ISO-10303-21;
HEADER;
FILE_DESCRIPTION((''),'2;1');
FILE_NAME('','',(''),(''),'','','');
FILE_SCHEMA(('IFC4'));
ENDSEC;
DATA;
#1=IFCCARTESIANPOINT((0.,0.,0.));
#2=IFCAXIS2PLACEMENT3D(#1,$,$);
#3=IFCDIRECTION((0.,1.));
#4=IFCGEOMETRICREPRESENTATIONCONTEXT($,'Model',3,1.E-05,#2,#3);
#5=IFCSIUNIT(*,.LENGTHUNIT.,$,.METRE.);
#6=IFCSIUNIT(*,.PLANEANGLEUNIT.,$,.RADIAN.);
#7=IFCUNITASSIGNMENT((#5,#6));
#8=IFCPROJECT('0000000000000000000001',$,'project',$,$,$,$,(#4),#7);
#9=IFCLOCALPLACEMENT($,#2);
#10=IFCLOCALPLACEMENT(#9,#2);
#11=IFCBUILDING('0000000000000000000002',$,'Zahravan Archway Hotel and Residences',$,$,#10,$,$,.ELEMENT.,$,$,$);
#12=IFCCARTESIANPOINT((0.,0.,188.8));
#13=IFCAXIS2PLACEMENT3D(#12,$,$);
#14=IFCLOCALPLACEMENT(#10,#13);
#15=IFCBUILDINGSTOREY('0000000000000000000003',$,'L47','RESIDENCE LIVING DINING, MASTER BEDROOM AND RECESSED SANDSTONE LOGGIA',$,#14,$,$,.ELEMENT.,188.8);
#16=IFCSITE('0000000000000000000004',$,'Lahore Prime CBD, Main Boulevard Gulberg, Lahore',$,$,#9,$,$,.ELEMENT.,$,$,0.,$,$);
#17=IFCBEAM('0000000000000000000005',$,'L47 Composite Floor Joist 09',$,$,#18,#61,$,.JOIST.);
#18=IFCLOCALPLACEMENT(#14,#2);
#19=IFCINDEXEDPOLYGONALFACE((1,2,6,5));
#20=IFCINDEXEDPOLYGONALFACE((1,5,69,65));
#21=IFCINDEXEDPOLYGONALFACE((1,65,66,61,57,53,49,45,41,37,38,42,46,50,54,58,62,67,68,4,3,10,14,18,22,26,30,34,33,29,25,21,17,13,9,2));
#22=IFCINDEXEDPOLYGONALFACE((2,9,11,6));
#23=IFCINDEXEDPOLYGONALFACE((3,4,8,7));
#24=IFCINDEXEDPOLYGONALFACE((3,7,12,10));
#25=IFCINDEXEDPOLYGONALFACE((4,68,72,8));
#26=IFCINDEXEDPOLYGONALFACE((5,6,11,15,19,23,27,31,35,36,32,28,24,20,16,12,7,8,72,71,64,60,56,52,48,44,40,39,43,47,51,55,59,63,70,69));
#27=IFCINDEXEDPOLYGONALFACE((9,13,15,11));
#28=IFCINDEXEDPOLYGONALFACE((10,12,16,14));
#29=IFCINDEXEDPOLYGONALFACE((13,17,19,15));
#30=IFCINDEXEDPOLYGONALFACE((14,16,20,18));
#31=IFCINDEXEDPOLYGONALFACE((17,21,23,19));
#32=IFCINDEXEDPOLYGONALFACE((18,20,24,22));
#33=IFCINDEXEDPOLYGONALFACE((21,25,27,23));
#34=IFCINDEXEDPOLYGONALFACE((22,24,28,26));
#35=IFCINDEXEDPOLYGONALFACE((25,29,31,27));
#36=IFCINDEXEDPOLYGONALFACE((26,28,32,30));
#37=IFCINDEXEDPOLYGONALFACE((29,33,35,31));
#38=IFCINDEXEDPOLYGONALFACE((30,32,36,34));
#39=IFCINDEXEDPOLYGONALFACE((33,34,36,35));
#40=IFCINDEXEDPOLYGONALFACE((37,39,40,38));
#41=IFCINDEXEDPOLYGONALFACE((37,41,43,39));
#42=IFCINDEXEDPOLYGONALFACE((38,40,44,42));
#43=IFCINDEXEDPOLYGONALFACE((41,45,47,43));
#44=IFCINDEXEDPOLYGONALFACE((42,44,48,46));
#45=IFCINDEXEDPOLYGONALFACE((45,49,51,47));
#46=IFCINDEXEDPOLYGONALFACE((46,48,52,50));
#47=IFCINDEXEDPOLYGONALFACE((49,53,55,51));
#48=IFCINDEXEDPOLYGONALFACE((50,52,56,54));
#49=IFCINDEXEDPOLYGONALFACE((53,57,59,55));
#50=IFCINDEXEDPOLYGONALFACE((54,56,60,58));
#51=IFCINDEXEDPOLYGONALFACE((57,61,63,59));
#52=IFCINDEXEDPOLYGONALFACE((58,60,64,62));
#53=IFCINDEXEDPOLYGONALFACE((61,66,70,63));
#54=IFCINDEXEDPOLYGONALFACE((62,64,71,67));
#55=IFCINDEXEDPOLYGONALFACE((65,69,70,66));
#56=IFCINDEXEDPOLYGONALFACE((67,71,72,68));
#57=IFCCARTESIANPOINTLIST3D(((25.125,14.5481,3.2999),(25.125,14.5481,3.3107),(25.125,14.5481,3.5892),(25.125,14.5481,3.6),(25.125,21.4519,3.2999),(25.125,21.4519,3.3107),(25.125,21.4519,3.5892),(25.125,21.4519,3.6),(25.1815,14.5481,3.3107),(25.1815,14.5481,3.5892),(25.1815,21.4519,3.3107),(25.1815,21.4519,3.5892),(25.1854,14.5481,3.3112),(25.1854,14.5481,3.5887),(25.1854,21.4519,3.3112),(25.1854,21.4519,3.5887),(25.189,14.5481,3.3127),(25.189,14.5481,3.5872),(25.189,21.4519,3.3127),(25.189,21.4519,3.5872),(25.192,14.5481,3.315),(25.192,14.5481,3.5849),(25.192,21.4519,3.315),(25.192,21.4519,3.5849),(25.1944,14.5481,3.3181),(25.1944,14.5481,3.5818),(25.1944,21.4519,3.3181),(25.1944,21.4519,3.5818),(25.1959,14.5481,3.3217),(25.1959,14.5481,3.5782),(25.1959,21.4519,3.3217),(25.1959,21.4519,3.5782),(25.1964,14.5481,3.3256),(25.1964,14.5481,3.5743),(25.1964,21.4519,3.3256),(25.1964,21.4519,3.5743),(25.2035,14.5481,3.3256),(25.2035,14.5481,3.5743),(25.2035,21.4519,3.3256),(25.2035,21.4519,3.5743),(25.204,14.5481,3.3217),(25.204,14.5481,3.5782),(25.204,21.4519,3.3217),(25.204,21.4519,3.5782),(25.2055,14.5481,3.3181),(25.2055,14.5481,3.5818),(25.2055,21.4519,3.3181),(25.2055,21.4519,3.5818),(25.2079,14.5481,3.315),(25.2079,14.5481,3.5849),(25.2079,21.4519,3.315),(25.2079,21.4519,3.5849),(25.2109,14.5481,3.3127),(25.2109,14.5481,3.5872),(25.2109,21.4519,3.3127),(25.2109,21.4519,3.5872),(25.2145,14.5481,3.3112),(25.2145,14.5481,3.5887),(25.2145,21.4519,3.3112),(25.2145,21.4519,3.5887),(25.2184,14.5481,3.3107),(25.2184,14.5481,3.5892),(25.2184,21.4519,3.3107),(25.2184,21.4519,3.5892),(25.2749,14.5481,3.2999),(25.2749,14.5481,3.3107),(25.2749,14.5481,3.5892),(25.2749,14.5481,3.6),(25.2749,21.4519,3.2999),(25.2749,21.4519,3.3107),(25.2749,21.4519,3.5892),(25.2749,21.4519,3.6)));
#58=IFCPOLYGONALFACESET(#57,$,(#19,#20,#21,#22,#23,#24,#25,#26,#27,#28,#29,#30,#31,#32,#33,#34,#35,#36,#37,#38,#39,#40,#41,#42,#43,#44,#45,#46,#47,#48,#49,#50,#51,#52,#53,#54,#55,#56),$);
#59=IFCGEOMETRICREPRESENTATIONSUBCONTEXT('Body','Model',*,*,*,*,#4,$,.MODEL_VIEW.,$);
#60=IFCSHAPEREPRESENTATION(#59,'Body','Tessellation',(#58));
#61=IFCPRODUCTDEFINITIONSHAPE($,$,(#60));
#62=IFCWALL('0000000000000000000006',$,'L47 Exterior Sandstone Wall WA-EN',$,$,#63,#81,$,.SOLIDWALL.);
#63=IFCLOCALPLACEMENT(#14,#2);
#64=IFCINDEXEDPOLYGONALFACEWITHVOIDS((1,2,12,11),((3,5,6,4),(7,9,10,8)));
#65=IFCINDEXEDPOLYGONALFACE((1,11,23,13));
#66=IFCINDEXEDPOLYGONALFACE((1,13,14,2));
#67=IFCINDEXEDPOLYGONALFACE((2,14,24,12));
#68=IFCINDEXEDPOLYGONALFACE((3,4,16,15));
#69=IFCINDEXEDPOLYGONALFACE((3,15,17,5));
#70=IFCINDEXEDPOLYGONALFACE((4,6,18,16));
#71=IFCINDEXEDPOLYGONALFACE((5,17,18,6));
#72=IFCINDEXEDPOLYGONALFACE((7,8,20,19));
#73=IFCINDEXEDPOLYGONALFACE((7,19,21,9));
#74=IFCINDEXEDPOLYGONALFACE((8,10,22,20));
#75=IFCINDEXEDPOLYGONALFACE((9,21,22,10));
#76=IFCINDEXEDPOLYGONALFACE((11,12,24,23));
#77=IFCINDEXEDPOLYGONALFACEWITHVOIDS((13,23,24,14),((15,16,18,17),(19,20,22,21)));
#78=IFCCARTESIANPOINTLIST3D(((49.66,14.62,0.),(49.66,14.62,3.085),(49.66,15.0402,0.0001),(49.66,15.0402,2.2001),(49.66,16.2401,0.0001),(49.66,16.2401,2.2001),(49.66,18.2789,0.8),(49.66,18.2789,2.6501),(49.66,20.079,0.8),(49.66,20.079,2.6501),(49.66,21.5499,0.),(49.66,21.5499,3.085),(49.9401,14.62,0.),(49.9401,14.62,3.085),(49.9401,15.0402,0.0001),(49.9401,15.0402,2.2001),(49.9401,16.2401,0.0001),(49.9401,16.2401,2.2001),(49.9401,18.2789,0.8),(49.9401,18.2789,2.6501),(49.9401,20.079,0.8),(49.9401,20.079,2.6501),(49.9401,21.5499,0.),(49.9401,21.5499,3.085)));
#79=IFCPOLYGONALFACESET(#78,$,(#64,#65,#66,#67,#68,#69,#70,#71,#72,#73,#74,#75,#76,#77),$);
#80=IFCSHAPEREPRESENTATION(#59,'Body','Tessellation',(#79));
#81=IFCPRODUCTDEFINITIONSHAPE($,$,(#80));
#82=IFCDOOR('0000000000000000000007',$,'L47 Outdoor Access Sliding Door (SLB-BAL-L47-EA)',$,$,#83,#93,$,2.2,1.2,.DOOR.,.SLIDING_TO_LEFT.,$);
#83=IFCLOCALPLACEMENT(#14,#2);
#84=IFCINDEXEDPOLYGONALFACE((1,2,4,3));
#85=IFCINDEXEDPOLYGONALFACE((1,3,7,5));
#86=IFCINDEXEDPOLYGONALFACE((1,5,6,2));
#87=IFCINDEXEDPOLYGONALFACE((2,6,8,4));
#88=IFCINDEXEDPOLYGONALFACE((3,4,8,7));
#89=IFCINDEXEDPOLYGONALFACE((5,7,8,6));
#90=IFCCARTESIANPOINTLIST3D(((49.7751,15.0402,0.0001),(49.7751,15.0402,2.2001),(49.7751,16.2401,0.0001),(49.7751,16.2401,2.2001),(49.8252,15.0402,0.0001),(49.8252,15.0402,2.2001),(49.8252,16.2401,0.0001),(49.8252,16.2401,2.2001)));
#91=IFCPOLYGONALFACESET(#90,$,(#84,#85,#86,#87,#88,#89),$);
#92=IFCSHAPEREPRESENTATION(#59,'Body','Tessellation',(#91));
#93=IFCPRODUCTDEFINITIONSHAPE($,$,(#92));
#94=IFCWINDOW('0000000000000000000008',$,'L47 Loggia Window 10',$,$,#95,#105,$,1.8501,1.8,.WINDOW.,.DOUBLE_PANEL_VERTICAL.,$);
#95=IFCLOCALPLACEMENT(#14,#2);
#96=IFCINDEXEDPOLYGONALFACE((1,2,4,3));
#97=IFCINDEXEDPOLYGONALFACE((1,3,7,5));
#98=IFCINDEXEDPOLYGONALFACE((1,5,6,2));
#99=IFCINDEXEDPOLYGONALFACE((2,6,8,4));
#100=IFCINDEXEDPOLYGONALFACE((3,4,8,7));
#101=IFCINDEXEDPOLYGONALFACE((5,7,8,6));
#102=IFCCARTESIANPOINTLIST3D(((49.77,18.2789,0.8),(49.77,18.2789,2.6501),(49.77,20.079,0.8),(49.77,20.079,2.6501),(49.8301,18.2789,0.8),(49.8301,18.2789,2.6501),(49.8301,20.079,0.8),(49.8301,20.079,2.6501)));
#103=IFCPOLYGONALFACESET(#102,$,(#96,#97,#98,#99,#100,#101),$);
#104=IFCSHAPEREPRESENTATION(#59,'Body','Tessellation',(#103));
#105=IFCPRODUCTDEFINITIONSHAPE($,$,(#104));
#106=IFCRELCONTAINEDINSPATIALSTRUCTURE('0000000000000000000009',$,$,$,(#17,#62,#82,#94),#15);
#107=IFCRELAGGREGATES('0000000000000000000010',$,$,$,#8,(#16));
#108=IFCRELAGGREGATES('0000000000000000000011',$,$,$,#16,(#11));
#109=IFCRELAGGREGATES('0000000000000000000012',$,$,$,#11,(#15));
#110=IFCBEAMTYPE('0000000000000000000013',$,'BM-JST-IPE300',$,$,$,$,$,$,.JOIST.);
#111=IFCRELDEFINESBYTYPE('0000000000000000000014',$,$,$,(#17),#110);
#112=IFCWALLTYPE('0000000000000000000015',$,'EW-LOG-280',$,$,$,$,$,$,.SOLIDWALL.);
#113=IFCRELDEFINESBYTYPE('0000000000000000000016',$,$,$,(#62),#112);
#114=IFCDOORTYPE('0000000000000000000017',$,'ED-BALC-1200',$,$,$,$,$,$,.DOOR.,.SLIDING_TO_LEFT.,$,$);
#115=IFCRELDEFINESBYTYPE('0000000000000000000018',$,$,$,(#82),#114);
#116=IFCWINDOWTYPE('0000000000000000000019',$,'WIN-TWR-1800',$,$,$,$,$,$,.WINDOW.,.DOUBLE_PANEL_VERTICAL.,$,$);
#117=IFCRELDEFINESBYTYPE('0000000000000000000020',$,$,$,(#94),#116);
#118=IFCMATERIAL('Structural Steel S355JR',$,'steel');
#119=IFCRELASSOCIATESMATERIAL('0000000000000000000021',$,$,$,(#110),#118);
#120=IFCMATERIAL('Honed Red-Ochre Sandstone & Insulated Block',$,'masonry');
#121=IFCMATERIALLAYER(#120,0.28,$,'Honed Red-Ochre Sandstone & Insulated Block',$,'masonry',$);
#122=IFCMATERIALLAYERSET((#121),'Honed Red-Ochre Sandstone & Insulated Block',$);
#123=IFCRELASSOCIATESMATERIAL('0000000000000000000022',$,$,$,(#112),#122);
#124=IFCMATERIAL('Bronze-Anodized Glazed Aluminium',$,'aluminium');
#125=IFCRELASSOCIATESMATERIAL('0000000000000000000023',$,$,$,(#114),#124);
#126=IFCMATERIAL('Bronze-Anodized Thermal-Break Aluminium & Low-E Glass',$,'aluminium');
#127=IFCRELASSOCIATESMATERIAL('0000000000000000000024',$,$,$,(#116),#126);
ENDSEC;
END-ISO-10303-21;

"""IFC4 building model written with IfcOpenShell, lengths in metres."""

from ifc_helpers import new_model, si_unit, direction, frame, frame_2d, origin, origin_2d, place, context, subcontext, project, spatial, rectangle, i_section, extrude, source, transform, mapped, material, layer, layer_set, material_profile, profile_set, type_object, type_shapes, element, fill, save


model = new_model("IFC4")

# Units and contexts
model_context = context("Model", 3, precision=1e-05, world=origin(), true_north=direction((0.0, 1.0)))
body_context = subcontext(model_context, "Body", "Model", "MODEL_VIEW")
ifc_project = project(units=[si_unit("LENGTHUNIT", "METRE"), si_unit("PLANEANGLEUNIT", "RADIAN")], contexts=[model_context])

# Site, building, storey
site_placement = place(None, origin())
site = spatial("IfcSite", under=ifc_project, at=site_placement, Name="Lahore Prime CBD, Main Boulevard Gulberg, Lahore", CompositionType="ELEMENT", RefElevation=0.0)
building_placement = place(site_placement, origin())
building = spatial("IfcBuilding", under=site, at=building_placement, Name="Zahravan Archway Hotel and Residences", CompositionType="ELEMENT")
storey_placement = place(building_placement, frame((0.0, 0.0, 188.8)))
storey = spatial("IfcBuildingStorey", under=building, at=storey_placement, Name="L47", Description="RESIDENCE LIVING DINING, MASTER BEDROOM AND RECESSED SANDSTONE LOGGIA", CompositionType="ELEMENT", Elevation=188.8)

# Beam
ifc_material_1 = material(Name="Structural Steel S355JR", Category="steel")
ifc_material_profile_1 = material_profile(ifc_material_1, i_section(OverallWidth=0.1499, OverallDepth=0.3, WebThickness=0.0071, FlangeThickness=0.0107, FilletRadius=0.0149, at=origin_2d()), Name="IPE 300", Category="steel")
ifc_profile_set_1 = profile_set([ifc_material_profile_1], Name="Structural Steel S355JR")
beam_type_1 = type_object("IfcBeamType", Name="BM-JST-IPE300", PredefinedType="JOIST", material=ifc_profile_set_1)
shared_shape_1 = source(origin(), body_context, "Body", "SweptSolid", [
    extrude(i_section(OverallWidth=0.1499, OverallDepth=0.3, WebThickness=0.0071, FlangeThickness=0.0107, FilletRadius=0.0149, at=origin_2d()), origin(), (0.0, 0.0, 1.0), 6.9038),
])
beam_1_placement = place(storey_placement, frame((25.2, 14.5481, 3.45), z_axis=(0.0, 1.0, 0.0), x_axis=(-1.0, 0.0, 0.0)))
element("IfcBeam", 1, at=beam_1_placement, inside=storey, type_object=beam_type_1, Name="L47 Composite Floor Joist 09", PredefinedType="JOIST", context=body_context, shape_type="MappedRepresentation", body=[
    mapped(shared_shape_1, transform((0.0, 0.0, 0.0), scale=1.0)),
])

# Wall, openings, door, window
ifc_material_2 = material(Name="Honed Red-Ochre Sandstone & Insulated Block", Category="masonry")
ifc_layer_1 = layer(ifc_material_2, 0.28, Name="Honed Red-Ochre Sandstone & Insulated Block", Category="masonry")
ifc_layer_set_1 = layer_set([ifc_layer_1], Name="Honed Red-Ochre Sandstone & Insulated Block")
wall_type_1 = type_object("IfcWallType", Name="EW-LOG-280", PredefinedType="SOLIDWALL", material=ifc_layer_set_1)
wall_1_placement = place(storey_placement, frame((49.8, 14.6201, 0.0), z_axis=(0.0, 0.0, 1.0), x_axis=(0.0, 1.0, 0.0)))
wall_1 = element("IfcWall", 2, at=wall_1_placement, inside=storey, type_object=wall_type_1, Name="L47 Exterior Sandstone Wall WA-EN", PredefinedType="SOLIDWALL", context=body_context, shape_type="SweptSolid", body=[
    extrude(rectangle(XDim=6.9299, YDim=0.28, at=frame_2d((3.4648, 0.0))), origin(), (0.0, 0.0, 1.0), 3.085),
])
opening_1_placement = place(wall_1_placement, frame((0.4199, 0.0, 0.0)))
opening_1 = element("IfcOpeningElement", 3, at=opening_1_placement, cuts=wall_1, PredefinedType="OPENING", context=body_context, shape_type="SweptSolid", body=[
    extrude(rectangle(XDim=1.2, YDim=2.2, at=frame_2d((0.6001, 1.1001))), frame((0.0, 0.1499, 0.0), z_axis=(0.0, -1.0, 0.0), x_axis=(1.0, 0.0, 0.0)), (0.0, 0.0, 1.0), 0.3),
])
opening_2_placement = place(wall_1_placement, frame((3.6589, 0.0, 0.8)))
opening_2 = element("IfcOpeningElement", 4, at=opening_2_placement, cuts=wall_1, PredefinedType="OPENING", context=body_context, shape_type="SweptSolid", body=[
    extrude(rectangle(XDim=1.8, YDim=1.8501, at=frame_2d((0.8999, 0.925))), frame((0.0, 0.1499, 0.0), z_axis=(0.0, -1.0, 0.0), x_axis=(1.0, 0.0, 0.0)), (0.0, 0.0, 1.0), 0.3),
])
ifc_material_3 = material(Name="Bronze-Anodized Glazed Aluminium", Category="aluminium")
door_type_1 = type_object("IfcDoorType", Name="ED-BALC-1200", OperationType="SLIDING_TO_LEFT", PredefinedType="DOOR", material=ifc_material_3)
shared_shape_2 = source(origin(), body_context, "Body", "SweptSolid", [
    extrude(rectangle(XDim=1.2, YDim=2.2, at=frame_2d((0.6001, 1.1001))), frame((0.0, 0.0249, 0.0), z_axis=(0.0, -1.0, 0.0), x_axis=(1.0, 0.0, 0.0)), (0.0, 0.0, 1.0), 0.05),
])
type_shapes(door_type_1, [shared_shape_2])
door_1_placement = place(opening_1_placement, origin())
door_1 = element("IfcDoor", 5, at=door_1_placement, inside=storey, type_object=door_type_1, Name="L47 Outdoor Access Sliding Door (SLB-BAL-L47-EA)", OperationType="SLIDING_TO_LEFT", OverallHeight=2.2, OverallWidth=1.2, PredefinedType="DOOR", context=body_context, shape_type="MappedRepresentation", body=[
    mapped(shared_shape_2, transform((0.0, 0.0, 0.0), scale=1.0)),
])
fill(opening_1, door_1)
ifc_material_4 = material(Name="Bronze-Anodized Thermal-Break Aluminium & Low-E Glass", Category="aluminium")
window_type = type_object("IfcWindowType", Name="WIN-TWR-1800", PartitioningType="DOUBLE_PANEL_VERTICAL", PredefinedType="WINDOW", material=ifc_material_4)
shared_shape_3 = source(origin(), body_context, "Body", "SweptSolid", [
    extrude(rectangle(XDim=1.8, YDim=1.8501, at=frame_2d((0.8999, 0.925))), frame((0.0, 0.03, 0.0), z_axis=(0.0, -1.0, 0.0), x_axis=(1.0, 0.0, 0.0)), (0.0, 0.0, 1.0), 0.0601),
])
type_shapes(window_type, [shared_shape_3])
window_placement = place(opening_2_placement, origin())
window = element("IfcWindow", 6, at=window_placement, inside=storey, type_object=window_type, Name="L47 Loggia Window 10", OverallHeight=1.8501, OverallWidth=1.8, PartitioningType="DOUBLE_PANEL_VERTICAL", PredefinedType="WINDOW", context=body_context, shape_type="MappedRepresentation", body=[
    mapped(shared_shape_3, transform((0.0, 0.0, 0.0), scale=1.0)),
])
fill(opening_2, window)

save(model, "model.ifc")
